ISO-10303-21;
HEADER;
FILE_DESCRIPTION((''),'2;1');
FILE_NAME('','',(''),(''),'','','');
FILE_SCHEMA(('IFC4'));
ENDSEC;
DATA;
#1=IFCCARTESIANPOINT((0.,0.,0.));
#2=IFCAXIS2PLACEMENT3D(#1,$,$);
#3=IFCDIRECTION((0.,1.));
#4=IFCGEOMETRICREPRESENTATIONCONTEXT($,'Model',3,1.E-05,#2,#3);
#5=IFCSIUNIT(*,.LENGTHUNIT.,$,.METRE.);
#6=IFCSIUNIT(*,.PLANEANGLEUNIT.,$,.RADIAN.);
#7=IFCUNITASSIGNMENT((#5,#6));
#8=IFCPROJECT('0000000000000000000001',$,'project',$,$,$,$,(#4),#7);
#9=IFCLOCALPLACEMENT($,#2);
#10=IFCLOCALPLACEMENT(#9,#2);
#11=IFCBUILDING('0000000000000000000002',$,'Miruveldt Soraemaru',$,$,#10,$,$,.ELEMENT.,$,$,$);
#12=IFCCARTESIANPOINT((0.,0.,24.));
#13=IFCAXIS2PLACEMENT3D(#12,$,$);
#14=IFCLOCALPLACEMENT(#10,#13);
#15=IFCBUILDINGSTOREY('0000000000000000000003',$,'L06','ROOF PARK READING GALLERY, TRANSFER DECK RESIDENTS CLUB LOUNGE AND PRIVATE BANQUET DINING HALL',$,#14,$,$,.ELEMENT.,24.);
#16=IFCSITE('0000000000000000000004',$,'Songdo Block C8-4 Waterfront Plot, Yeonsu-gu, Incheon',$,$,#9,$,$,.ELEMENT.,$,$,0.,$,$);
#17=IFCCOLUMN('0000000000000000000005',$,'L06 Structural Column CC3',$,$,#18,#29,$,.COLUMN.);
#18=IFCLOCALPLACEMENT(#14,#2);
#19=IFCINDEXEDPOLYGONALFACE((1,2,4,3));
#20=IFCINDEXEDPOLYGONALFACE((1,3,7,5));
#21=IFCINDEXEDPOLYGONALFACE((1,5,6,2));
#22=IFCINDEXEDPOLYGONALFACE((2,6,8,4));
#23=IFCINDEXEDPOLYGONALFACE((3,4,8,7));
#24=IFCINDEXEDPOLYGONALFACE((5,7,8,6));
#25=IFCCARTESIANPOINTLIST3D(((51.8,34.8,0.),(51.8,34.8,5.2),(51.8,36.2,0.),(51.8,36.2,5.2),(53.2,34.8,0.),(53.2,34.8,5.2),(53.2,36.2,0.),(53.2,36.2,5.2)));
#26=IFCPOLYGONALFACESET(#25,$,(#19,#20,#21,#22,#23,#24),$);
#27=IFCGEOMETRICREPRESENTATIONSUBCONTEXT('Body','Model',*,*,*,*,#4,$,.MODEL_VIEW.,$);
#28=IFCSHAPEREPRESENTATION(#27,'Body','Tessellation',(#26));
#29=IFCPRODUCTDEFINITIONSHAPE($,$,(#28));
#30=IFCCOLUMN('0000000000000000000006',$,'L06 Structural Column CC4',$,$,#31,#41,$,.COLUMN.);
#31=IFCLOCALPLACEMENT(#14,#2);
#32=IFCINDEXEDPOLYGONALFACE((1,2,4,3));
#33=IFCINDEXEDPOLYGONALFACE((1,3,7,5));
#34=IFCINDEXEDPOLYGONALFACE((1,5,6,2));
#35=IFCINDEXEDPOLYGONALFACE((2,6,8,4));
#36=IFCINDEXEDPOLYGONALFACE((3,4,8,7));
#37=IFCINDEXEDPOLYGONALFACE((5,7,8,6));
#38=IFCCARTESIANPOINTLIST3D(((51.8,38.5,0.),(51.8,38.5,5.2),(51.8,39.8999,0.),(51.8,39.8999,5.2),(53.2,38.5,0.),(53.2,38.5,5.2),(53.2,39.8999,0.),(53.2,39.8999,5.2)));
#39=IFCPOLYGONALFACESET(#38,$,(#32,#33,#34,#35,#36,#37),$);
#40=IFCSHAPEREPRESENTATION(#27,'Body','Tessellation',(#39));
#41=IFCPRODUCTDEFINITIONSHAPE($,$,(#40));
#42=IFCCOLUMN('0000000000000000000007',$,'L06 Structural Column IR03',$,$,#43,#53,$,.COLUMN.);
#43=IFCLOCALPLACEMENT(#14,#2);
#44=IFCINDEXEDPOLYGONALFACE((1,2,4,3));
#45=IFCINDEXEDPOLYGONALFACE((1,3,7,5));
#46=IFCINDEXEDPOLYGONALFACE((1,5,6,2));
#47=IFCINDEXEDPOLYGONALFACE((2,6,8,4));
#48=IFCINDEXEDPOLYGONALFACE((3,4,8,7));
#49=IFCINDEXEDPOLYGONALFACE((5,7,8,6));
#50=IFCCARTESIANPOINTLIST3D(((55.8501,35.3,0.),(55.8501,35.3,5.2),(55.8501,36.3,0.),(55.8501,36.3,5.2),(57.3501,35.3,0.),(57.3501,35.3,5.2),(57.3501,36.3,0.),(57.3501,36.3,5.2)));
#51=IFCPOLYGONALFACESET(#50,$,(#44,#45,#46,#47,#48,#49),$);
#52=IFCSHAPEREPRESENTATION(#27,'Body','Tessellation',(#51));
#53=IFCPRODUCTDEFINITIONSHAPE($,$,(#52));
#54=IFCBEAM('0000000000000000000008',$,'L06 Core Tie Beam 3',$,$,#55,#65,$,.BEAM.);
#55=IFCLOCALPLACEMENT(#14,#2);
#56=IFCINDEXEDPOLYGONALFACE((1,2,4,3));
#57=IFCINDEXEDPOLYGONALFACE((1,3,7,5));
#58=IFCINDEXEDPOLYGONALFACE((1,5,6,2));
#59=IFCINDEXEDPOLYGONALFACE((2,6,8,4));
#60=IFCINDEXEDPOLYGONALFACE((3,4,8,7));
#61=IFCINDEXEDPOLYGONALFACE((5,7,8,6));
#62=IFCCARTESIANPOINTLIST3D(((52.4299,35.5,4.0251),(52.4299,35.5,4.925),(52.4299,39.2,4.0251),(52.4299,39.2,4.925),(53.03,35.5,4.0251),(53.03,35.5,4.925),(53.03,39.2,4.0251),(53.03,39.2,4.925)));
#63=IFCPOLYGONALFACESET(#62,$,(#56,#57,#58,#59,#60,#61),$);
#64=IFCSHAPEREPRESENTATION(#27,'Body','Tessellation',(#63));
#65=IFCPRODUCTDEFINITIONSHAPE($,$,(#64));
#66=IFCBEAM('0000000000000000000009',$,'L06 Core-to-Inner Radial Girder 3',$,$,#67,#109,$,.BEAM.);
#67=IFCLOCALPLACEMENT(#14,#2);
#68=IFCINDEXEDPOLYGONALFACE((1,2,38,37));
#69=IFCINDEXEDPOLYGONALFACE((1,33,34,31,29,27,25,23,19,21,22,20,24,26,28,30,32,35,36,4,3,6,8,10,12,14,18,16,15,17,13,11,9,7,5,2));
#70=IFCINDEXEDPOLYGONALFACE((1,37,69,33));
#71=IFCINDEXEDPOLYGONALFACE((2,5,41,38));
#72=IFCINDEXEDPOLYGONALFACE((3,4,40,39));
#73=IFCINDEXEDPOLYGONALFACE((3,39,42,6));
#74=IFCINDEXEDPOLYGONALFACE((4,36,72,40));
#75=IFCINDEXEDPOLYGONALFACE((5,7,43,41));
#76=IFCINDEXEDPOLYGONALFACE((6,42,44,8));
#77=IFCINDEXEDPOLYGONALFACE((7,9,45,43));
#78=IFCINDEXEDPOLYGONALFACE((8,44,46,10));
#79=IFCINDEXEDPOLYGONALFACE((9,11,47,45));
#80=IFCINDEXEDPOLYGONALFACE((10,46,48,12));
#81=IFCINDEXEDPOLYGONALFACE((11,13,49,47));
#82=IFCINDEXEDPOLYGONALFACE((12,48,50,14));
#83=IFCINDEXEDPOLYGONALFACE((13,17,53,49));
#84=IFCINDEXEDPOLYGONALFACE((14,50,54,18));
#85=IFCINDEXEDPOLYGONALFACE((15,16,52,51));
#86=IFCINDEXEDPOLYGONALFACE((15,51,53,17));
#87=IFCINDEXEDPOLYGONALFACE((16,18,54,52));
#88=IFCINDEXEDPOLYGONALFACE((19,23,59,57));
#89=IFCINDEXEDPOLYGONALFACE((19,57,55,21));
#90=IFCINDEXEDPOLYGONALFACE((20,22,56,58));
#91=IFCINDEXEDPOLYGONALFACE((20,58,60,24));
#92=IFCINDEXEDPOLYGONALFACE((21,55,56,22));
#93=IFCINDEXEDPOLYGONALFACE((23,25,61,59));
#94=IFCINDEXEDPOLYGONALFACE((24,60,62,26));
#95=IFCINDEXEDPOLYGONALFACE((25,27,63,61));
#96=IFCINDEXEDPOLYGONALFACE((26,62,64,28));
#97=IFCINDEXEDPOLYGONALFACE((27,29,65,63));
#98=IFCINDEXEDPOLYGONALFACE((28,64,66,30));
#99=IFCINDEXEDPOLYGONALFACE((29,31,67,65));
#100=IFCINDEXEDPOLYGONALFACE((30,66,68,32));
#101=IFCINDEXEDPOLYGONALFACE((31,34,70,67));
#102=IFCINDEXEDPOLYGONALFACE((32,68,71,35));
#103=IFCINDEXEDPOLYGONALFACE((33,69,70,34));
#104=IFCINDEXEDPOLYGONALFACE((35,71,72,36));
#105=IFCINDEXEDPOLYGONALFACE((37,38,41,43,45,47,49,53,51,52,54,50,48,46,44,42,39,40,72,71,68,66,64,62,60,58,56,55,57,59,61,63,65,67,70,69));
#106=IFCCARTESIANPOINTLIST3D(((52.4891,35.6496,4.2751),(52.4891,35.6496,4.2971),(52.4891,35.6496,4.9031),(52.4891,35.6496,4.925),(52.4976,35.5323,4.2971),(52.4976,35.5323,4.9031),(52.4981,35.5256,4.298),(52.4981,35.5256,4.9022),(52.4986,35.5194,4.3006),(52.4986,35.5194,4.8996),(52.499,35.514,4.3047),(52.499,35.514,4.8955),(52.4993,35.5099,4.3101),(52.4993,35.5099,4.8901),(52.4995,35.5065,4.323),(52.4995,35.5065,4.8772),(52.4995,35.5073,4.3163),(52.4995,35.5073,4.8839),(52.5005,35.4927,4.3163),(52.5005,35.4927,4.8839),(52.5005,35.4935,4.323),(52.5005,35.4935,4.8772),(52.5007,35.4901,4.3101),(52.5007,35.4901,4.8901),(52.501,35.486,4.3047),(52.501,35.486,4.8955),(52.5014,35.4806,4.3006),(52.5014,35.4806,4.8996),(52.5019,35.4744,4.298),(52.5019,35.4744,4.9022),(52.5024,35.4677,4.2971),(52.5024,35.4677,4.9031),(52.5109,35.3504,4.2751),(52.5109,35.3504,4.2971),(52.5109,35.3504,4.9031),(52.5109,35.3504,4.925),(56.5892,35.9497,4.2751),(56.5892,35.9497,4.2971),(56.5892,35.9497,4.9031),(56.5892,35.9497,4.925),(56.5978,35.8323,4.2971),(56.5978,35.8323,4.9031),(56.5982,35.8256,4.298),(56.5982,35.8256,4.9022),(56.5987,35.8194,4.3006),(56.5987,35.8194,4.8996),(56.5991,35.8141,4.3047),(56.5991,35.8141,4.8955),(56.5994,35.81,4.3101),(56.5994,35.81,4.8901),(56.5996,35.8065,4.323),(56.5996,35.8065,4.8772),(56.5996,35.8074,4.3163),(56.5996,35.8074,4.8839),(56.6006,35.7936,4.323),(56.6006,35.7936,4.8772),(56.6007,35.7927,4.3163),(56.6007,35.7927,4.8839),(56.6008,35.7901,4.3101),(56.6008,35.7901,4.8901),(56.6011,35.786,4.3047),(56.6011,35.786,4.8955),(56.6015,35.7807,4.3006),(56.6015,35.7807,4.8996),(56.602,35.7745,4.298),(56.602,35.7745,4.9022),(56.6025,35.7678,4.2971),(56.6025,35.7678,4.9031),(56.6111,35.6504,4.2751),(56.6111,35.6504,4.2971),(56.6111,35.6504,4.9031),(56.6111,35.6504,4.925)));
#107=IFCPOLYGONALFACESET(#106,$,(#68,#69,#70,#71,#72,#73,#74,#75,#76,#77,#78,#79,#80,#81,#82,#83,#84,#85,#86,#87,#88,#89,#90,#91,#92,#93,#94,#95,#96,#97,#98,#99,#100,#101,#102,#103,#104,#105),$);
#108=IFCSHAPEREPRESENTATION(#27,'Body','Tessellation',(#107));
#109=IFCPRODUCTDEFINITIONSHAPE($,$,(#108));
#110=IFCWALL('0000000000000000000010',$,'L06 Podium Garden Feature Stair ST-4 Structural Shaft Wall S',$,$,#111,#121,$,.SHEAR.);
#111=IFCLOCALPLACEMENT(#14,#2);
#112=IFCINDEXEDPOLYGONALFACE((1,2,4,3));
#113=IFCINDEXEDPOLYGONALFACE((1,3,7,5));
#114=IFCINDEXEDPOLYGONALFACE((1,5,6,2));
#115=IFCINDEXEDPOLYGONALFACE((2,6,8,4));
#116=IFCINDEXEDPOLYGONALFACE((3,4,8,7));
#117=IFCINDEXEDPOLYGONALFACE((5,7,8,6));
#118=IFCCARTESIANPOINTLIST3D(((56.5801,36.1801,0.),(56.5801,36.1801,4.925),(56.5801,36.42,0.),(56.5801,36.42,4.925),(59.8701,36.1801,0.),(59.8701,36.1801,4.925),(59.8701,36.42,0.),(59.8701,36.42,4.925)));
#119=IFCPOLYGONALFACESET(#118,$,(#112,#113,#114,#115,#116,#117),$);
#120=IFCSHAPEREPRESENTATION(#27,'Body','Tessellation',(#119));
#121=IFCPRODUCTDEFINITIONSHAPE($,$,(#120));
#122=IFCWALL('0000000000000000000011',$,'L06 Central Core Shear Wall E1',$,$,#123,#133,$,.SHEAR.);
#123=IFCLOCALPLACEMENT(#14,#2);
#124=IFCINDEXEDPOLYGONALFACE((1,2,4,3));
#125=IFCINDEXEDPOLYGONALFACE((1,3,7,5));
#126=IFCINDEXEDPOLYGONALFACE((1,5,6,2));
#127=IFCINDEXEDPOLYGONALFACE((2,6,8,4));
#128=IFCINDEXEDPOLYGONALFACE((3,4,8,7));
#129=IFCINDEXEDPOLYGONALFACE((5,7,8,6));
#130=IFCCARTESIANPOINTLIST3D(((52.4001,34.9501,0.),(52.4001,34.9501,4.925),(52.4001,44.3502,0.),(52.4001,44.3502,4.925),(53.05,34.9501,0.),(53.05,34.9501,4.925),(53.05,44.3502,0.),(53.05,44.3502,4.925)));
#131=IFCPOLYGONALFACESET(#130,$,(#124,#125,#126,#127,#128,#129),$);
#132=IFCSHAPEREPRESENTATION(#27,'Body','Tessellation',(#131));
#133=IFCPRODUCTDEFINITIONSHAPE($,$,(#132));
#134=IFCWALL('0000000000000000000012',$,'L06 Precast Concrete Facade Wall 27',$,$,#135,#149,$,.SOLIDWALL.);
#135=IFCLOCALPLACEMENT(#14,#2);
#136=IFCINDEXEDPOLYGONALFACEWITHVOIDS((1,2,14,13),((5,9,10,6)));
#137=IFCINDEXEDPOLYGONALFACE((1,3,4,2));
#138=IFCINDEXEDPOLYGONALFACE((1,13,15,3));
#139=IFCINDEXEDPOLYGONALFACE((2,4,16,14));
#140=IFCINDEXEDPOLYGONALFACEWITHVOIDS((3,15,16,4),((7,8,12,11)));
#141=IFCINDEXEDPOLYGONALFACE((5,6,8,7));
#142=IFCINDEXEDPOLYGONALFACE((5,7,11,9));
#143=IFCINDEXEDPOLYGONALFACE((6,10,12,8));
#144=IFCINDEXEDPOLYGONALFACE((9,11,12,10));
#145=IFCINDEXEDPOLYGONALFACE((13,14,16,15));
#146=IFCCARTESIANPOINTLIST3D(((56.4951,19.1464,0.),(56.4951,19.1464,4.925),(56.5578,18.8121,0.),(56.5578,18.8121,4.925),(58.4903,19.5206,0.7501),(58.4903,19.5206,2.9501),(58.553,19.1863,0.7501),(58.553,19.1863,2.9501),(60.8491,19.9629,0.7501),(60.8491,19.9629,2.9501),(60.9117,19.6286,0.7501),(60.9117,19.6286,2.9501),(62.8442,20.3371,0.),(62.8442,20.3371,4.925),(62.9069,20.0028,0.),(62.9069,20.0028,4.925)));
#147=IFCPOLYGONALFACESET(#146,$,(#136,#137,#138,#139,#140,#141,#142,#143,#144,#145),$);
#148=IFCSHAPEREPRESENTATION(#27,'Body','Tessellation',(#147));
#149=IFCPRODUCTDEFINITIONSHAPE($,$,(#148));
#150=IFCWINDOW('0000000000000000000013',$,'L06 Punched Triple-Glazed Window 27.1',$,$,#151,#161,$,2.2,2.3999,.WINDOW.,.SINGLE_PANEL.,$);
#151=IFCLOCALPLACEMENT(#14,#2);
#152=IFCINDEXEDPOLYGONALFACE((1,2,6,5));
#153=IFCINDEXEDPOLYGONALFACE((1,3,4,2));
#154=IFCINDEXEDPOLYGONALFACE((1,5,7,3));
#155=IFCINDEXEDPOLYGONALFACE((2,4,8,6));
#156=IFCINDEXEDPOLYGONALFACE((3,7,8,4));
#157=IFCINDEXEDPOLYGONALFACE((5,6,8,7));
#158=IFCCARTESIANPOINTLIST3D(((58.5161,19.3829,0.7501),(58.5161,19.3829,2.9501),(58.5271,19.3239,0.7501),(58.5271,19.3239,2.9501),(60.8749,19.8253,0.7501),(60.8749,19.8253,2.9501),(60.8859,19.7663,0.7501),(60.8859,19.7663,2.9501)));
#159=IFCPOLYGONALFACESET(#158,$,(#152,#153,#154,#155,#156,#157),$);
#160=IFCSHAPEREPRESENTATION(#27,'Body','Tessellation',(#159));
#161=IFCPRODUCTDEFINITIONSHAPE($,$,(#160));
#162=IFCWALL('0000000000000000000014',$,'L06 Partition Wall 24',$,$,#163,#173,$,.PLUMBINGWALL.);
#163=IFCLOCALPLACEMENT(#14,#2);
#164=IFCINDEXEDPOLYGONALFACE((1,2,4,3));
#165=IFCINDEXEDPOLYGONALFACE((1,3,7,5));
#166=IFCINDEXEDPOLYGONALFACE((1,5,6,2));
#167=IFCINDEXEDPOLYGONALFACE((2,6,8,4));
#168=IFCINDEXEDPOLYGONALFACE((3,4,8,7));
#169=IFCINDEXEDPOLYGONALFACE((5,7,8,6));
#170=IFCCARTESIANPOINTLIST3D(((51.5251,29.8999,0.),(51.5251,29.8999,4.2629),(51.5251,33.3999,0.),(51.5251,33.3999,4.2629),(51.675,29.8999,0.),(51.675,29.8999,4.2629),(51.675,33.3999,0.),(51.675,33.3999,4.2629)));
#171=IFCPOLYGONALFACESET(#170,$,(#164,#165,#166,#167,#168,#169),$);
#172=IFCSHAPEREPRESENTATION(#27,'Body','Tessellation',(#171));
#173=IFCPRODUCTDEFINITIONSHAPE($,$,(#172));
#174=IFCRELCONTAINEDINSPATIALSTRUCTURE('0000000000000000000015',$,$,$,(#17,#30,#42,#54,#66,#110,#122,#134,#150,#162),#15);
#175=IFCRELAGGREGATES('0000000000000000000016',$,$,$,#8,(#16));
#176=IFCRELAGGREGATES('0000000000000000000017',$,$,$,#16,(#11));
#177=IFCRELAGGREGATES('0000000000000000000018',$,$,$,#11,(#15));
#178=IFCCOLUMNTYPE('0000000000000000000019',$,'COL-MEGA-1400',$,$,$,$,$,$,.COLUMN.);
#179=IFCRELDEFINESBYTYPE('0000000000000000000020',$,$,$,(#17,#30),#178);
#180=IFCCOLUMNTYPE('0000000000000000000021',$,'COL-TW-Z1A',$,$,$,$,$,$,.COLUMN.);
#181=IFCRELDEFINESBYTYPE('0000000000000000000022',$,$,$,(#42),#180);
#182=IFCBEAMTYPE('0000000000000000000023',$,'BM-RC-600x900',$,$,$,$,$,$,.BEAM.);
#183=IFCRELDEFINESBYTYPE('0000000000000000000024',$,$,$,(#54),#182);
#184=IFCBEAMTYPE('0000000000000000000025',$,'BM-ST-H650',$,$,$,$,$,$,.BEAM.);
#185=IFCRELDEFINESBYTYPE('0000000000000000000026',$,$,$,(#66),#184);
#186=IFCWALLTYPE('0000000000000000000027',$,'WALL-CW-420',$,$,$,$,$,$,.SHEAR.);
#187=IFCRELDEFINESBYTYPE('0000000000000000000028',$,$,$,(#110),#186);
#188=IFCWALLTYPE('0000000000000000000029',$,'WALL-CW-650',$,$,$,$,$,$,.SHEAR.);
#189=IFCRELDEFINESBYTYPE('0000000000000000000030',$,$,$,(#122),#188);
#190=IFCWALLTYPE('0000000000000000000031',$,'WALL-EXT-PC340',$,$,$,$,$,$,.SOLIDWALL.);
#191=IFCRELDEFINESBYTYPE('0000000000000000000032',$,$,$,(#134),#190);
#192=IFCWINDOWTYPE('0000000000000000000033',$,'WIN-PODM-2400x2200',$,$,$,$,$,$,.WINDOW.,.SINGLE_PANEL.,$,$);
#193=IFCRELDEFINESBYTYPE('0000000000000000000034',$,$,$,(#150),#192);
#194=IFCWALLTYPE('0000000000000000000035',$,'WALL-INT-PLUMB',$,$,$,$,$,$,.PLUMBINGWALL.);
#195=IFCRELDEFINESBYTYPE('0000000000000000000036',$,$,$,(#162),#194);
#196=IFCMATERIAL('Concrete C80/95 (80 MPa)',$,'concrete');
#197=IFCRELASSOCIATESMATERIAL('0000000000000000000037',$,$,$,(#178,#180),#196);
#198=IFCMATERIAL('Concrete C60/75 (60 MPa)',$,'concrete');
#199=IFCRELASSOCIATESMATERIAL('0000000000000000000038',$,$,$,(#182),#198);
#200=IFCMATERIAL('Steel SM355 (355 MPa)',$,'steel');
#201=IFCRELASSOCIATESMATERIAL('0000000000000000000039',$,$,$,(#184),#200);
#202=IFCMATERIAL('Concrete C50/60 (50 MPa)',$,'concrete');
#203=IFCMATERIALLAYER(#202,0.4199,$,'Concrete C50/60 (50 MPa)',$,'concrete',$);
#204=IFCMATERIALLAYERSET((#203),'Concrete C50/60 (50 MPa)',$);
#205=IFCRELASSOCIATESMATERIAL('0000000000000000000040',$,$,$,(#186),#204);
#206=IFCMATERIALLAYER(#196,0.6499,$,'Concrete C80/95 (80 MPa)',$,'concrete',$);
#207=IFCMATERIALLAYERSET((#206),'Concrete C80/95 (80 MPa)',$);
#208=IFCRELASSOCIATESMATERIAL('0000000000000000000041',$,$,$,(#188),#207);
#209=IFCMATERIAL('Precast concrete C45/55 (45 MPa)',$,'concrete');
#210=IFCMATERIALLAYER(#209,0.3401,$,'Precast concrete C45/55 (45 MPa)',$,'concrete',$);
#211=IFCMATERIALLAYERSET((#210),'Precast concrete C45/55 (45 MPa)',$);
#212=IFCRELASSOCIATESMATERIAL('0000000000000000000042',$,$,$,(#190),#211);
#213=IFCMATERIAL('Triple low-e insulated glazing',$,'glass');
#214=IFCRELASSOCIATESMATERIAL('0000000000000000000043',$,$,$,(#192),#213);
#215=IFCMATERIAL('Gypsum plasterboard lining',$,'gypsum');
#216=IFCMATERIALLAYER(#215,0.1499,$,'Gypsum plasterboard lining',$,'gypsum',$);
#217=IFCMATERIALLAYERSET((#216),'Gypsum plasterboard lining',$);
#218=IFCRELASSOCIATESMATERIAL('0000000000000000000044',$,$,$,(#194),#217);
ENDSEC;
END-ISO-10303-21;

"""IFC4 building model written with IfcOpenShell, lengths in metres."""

from ifc_helpers import new_model, si_unit, direction, frame, frame_2d, origin, origin_2d, place, context, subcontext, project, spatial, rectangle, i_section, extrude, material, layer, layer_set, material_profile, profile_set, type_object, element, fill, save


model = new_model("IFC4")

# Units and contexts
model_context = context("Model", 3, precision=1e-05, world=origin(), true_north=direction((0.0, 1.0)))
body_context = subcontext(model_context, "Body", "Model", "MODEL_VIEW")
ifc_project = project(units=[si_unit("LENGTHUNIT", "METRE"), si_unit("PLANEANGLEUNIT", "RADIAN")], contexts=[model_context])

# Site, building, storey
site_placement = place(None, origin())
site = spatial("IfcSite", under=ifc_project, at=site_placement, Name="Songdo Block C8-4 Waterfront Plot, Yeonsu-gu, Incheon", CompositionType="ELEMENT", RefElevation=0.0)
building_placement = place(site_placement, origin())
building = spatial("IfcBuilding", under=site, at=building_placement, Name="Miruveldt Soraemaru", CompositionType="ELEMENT")
storey_placement = place(building_placement, frame((0.0, 0.0, 24.0)))
storey = spatial("IfcBuildingStorey", under=building, at=storey_placement, Name="L06", Description="ROOF PARK READING GALLERY, TRANSFER DECK RESIDENTS CLUB LOUNGE AND PRIVATE BANQUET DINING HALL", CompositionType="ELEMENT", Elevation=24.0)

# Columns
ifc_material_1 = material(Name="Concrete C80/95 (80 MPa)", Category="concrete")
ifc_material_profile_1 = material_profile(ifc_material_1, rectangle(XDim=1.3999, YDim=1.3999, at=origin_2d()), Name="Concrete C80/95 (80 MPa)", Category="concrete")
ifc_profile_set_1 = profile_set([ifc_material_profile_1], Name="Concrete C80/95 (80 MPa)")
column_type_1 = type_object("IfcColumnType", Name="COL-MEGA-1400", PredefinedType="COLUMN", material=ifc_profile_set_1)
for number, where, z_axis, x_axis, name in (
    (1, (52.5, 35.5, 0.0), (0.0, 0.0, 1.0), (1.0, 0.0, 0.0), "L06 Structural Column CC3"),
    (2, (52.5, 39.2, 0.0), (0.0, 0.0, 1.0), (1.0, 0.0, 0.0), "L06 Structural Column CC4"),
):
    element("IfcColumn", number, at=place(storey_placement, frame(where, z_axis=z_axis, x_axis=x_axis)), inside=storey, type_object=column_type_1, Name=name, PredefinedType="COLUMN", context=body_context, shape_type="SweptSolid", body=[
        extrude(rectangle(XDim=1.3999, YDim=1.3999, at=origin_2d()), origin(), (0.0, 0.0, 1.0), 5.2),
    ])
ifc_material_profile_2 = material_profile(ifc_material_1, rectangle(XDim=1.5, YDim=1.0, at=origin_2d()), Name="Concrete C80/95 (80 MPa)", Category="concrete")
ifc_profile_set_2 = profile_set([ifc_material_profile_2], Name="Concrete C80/95 (80 MPa)")
column_type_2 = type_object("IfcColumnType", Name="COL-TW-Z1A", PredefinedType="COLUMN", material=ifc_profile_set_2)
column_placement = place(storey_placement, frame((56.6001, 35.8, 0.0), z_axis=(0.0, 0.0, 1.0), x_axis=(1.0, 0.0, 0.0)))
element("IfcColumn", 3, at=column_placement, inside=storey, type_object=column_type_2, Name="L06 Structural Column IR03", PredefinedType="COLUMN", context=body_context, shape_type="SweptSolid", body=[
    extrude(rectangle(XDim=1.5, YDim=1.0, at=origin_2d()), origin(), (0.0, 0.0, 1.0), 5.2),
])

# Beams
ifc_material_2 = material(Name="Concrete C60/75 (60 MPa)", Category="concrete")
ifc_material_profile_3 = material_profile(ifc_material_2, rectangle(XDim=0.6001, YDim=0.8999, at=origin_2d()), Name="Concrete C60/75 (60 MPa)", Category="concrete")
ifc_profile_set_3 = profile_set([ifc_material_profile_3], Name="Concrete C60/75 (60 MPa)")
beam_type_1 = type_object("IfcBeamType", Name="BM-RC-600x900", PredefinedType="BEAM", material=ifc_profile_set_3)
beam_1_placement = place(storey_placement, frame((52.73, 35.5, 4.4751), z_axis=(0.0, 1.0, 0.0), x_axis=(-1.0, 0.0, 0.0)))
element("IfcBeam", 4, at=beam_1_placement, inside=storey, type_object=beam_type_1, Name="L06 Core Tie Beam 3", PredefinedType="BEAM", context=body_context, shape_type="SweptSolid", body=[
    extrude(rectangle(XDim=0.6001, YDim=0.8999, at=origin_2d()), origin(), (0.0, 0.0, 1.0), 3.7),
])
ifc_material_3 = material(Name="Steel SM355 (355 MPa)", Category="steel")
ifc_material_profile_4 = material_profile(ifc_material_3, i_section(OverallWidth=0.3, OverallDepth=0.6499, WebThickness=0.0129, FlangeThickness=0.022, FilletRadius=0.0259, at=origin_2d()), Name="Steel SM355 (355 MPa)", Category="steel")
ifc_profile_set_4 = profile_set([ifc_material_profile_4], Name="Steel SM355 (355 MPa)")
beam_type_2 = type_object("IfcBeamType", Name="BM-ST-H650", PredefinedType="BEAM", material=ifc_profile_set_4)
beam_2_placement = place(storey_placement, frame((52.5, 35.5, 4.6001), z_axis=(0.997333, 0.072986, 0.0), x_axis=(-0.072986, 0.997333, 0.0)))
element("IfcBeam", 5, at=beam_2_placement, inside=storey, type_object=beam_type_2, Name="L06 Core-to-Inner Radial Girder 3", PredefinedType="BEAM", context=body_context, shape_type="SweptSolid", body=[
    extrude(i_section(OverallWidth=0.3, OverallDepth=0.6499, WebThickness=0.0129, FlangeThickness=0.022, FilletRadius=0.0259, at=origin_2d()), origin(), (0.0, 0.0, 1.0), 4.1111),
])

# Walls
ifc_material_4 = material(Name="Concrete C50/60 (50 MPa)", Category="concrete")
ifc_layer_1 = layer(ifc_material_4, 0.4199, Name="Concrete C50/60 (50 MPa)", Category="concrete")
ifc_layer_set_1 = layer_set([ifc_layer_1], Name="Concrete C50/60 (50 MPa)")
wall_type_1 = type_object("IfcWallType", Name="WALL-CW-420", PredefinedType="SHEAR", material=ifc_layer_set_1)
wall_1_placement = place(storey_placement, frame((56.5801, 36.3, 0.0), z_axis=(0.0, 0.0, 1.0), x_axis=(1.0, 0.0, 0.0)))
element("IfcWall", 6, at=wall_1_placement, inside=storey, type_object=wall_type_1, Name="L06 Podium Garden Feature Stair ST-4 Structural Shaft Wall S", PredefinedType="SHEAR", context=body_context, shape_type="SweptSolid", body=[
    extrude(rectangle(XDim=3.29, YDim=0.24, at=frame_2d((1.645, 0.0))), origin(), (0.0, 0.0, 1.0), 4.925),
])
ifc_layer_2 = layer(ifc_material_1, 0.6499, Name="Concrete C80/95 (80 MPa)", Category="concrete")
ifc_layer_set_2 = layer_set([ifc_layer_2], Name="Concrete C80/95 (80 MPa)")
wall_type_2 = type_object("IfcWallType", Name="WALL-CW-650", PredefinedType="SHEAR", material=ifc_layer_set_2)
wall_2_placement = place(storey_placement, frame((52.7251, 34.95, 0.0), z_axis=(0.0, 0.0, 1.0), x_axis=(0.0, 1.0, 0.0)))
element("IfcWall", 7, at=wall_2_placement, inside=storey, type_object=wall_type_2, Name="L06 Central Core Shear Wall E1", PredefinedType="SHEAR", context=body_context, shape_type="SweptSolid", body=[
    extrude(rectangle(XDim=9.4001, YDim=0.6499, at=frame_2d((4.7002, 0.0))), origin(), (0.0, 0.0, 1.0), 4.925),
])

# Wall, opening, window
ifc_material_5 = material(Name="Precast concrete C45/55 (45 MPa)", Category="concrete")
ifc_layer_3 = layer(ifc_material_5, 0.3401, Name="Precast concrete C45/55 (45 MPa)", Category="concrete")
ifc_layer_set_3 = layer_set([ifc_layer_3], Name="Precast concrete C45/55 (45 MPa)")
wall_type_3 = type_object("IfcWallType", Name="WALL-EXT-PC340", PredefinedType="SOLIDWALL", material=ifc_layer_set_3)
wall_3_placement = place(storey_placement, frame((56.5264, 18.9792, 0.0), z_axis=(0.0, 0.0, 1.0), x_axis=(0.982866, 0.18432, 0.0)))
wall_3 = element("IfcWall", 8, at=wall_3_placement, inside=storey, type_object=wall_type_3, Name="L06 Precast Concrete Facade Wall 27", PredefinedType="SOLIDWALL", context=body_context, shape_type="SweptSolid", body=[
    extrude(rectangle(XDim=6.4597, YDim=0.3401, at=frame_2d((3.23, 0.0))), origin(), (0.0, 0.0, 1.0), 4.925),
])
opening_1_placement = place(wall_3_placement, frame((2.03, 0.0, 0.75)))
opening_1 = element("IfcOpeningElement", 9, at=opening_1_placement, cuts=wall_3, PredefinedType="OPENING", context=body_context, shape_type="SweptSolid", body=[
    extrude(rectangle(XDim=2.3999, YDim=2.2, at=frame_2d((1.2, 1.1001))), frame((0.0, 0.1802, 0.0), z_axis=(0.0, -1.0, 0.0), x_axis=(1.0, 0.0, 0.0)), (0.0, 0.0, 1.0), 0.3601),
])
ifc_material_6 = material(Name="Triple low-e insulated glazing", Category="glass")
window_type = type_object("IfcWindowType", Name="WIN-PODM-2400x2200", PartitioningType="SINGLE_PANEL", PredefinedType="WINDOW", material=ifc_material_6)
window_placement = place(opening_1_placement, origin())
window = element("IfcWindow", 10, at=window_placement, inside=storey, type_object=window_type, Name="L06 Punched Triple-Glazed Window 27.1", OverallHeight=2.2, OverallWidth=2.3999, PartitioningType="SINGLE_PANEL", PredefinedType="WINDOW", context=body_context, shape_type="SweptSolid", body=[
    extrude(rectangle(XDim=2.3999, YDim=2.2, at=frame_2d((1.2, 1.1001))), frame((0.0, 0.03, 0.0), z_axis=(0.0, -1.0, 0.0), x_axis=(1.0, 0.0, 0.0)), (0.0, 0.0, 1.0), 0.0601),
])
fill(opening_1, window)

# Wall
ifc_material_7 = material(Name="Gypsum plasterboard lining", Category="gypsum")
ifc_layer_4 = layer(ifc_material_7, 0.1499, Name="Gypsum plasterboard lining", Category="gypsum")
ifc_layer_set_4 = layer_set([ifc_layer_4], Name="Gypsum plasterboard lining")
wall_type_4 = type_object("IfcWallType", Name="WALL-INT-PLUMB", PredefinedType="PLUMBINGWALL", material=ifc_layer_set_4)
wall_4_placement = place(storey_placement, frame((51.6001, 29.8999, 0.0), z_axis=(0.0, 0.0, 1.0), x_axis=(0.0, 1.0, 0.0)))
element("IfcWall", 11, at=wall_4_placement, inside=storey, type_object=wall_type_4, Name="L06 Partition Wall 24", PredefinedType="PLUMBINGWALL", context=body_context, shape_type="SweptSolid", body=[
    extrude(rectangle(XDim=3.5, YDim=0.1499, at=frame_2d((1.75, 0.0))), origin(), (0.0, 0.0, 1.0), 4.2629),
])

save(model, "model.ifc")
